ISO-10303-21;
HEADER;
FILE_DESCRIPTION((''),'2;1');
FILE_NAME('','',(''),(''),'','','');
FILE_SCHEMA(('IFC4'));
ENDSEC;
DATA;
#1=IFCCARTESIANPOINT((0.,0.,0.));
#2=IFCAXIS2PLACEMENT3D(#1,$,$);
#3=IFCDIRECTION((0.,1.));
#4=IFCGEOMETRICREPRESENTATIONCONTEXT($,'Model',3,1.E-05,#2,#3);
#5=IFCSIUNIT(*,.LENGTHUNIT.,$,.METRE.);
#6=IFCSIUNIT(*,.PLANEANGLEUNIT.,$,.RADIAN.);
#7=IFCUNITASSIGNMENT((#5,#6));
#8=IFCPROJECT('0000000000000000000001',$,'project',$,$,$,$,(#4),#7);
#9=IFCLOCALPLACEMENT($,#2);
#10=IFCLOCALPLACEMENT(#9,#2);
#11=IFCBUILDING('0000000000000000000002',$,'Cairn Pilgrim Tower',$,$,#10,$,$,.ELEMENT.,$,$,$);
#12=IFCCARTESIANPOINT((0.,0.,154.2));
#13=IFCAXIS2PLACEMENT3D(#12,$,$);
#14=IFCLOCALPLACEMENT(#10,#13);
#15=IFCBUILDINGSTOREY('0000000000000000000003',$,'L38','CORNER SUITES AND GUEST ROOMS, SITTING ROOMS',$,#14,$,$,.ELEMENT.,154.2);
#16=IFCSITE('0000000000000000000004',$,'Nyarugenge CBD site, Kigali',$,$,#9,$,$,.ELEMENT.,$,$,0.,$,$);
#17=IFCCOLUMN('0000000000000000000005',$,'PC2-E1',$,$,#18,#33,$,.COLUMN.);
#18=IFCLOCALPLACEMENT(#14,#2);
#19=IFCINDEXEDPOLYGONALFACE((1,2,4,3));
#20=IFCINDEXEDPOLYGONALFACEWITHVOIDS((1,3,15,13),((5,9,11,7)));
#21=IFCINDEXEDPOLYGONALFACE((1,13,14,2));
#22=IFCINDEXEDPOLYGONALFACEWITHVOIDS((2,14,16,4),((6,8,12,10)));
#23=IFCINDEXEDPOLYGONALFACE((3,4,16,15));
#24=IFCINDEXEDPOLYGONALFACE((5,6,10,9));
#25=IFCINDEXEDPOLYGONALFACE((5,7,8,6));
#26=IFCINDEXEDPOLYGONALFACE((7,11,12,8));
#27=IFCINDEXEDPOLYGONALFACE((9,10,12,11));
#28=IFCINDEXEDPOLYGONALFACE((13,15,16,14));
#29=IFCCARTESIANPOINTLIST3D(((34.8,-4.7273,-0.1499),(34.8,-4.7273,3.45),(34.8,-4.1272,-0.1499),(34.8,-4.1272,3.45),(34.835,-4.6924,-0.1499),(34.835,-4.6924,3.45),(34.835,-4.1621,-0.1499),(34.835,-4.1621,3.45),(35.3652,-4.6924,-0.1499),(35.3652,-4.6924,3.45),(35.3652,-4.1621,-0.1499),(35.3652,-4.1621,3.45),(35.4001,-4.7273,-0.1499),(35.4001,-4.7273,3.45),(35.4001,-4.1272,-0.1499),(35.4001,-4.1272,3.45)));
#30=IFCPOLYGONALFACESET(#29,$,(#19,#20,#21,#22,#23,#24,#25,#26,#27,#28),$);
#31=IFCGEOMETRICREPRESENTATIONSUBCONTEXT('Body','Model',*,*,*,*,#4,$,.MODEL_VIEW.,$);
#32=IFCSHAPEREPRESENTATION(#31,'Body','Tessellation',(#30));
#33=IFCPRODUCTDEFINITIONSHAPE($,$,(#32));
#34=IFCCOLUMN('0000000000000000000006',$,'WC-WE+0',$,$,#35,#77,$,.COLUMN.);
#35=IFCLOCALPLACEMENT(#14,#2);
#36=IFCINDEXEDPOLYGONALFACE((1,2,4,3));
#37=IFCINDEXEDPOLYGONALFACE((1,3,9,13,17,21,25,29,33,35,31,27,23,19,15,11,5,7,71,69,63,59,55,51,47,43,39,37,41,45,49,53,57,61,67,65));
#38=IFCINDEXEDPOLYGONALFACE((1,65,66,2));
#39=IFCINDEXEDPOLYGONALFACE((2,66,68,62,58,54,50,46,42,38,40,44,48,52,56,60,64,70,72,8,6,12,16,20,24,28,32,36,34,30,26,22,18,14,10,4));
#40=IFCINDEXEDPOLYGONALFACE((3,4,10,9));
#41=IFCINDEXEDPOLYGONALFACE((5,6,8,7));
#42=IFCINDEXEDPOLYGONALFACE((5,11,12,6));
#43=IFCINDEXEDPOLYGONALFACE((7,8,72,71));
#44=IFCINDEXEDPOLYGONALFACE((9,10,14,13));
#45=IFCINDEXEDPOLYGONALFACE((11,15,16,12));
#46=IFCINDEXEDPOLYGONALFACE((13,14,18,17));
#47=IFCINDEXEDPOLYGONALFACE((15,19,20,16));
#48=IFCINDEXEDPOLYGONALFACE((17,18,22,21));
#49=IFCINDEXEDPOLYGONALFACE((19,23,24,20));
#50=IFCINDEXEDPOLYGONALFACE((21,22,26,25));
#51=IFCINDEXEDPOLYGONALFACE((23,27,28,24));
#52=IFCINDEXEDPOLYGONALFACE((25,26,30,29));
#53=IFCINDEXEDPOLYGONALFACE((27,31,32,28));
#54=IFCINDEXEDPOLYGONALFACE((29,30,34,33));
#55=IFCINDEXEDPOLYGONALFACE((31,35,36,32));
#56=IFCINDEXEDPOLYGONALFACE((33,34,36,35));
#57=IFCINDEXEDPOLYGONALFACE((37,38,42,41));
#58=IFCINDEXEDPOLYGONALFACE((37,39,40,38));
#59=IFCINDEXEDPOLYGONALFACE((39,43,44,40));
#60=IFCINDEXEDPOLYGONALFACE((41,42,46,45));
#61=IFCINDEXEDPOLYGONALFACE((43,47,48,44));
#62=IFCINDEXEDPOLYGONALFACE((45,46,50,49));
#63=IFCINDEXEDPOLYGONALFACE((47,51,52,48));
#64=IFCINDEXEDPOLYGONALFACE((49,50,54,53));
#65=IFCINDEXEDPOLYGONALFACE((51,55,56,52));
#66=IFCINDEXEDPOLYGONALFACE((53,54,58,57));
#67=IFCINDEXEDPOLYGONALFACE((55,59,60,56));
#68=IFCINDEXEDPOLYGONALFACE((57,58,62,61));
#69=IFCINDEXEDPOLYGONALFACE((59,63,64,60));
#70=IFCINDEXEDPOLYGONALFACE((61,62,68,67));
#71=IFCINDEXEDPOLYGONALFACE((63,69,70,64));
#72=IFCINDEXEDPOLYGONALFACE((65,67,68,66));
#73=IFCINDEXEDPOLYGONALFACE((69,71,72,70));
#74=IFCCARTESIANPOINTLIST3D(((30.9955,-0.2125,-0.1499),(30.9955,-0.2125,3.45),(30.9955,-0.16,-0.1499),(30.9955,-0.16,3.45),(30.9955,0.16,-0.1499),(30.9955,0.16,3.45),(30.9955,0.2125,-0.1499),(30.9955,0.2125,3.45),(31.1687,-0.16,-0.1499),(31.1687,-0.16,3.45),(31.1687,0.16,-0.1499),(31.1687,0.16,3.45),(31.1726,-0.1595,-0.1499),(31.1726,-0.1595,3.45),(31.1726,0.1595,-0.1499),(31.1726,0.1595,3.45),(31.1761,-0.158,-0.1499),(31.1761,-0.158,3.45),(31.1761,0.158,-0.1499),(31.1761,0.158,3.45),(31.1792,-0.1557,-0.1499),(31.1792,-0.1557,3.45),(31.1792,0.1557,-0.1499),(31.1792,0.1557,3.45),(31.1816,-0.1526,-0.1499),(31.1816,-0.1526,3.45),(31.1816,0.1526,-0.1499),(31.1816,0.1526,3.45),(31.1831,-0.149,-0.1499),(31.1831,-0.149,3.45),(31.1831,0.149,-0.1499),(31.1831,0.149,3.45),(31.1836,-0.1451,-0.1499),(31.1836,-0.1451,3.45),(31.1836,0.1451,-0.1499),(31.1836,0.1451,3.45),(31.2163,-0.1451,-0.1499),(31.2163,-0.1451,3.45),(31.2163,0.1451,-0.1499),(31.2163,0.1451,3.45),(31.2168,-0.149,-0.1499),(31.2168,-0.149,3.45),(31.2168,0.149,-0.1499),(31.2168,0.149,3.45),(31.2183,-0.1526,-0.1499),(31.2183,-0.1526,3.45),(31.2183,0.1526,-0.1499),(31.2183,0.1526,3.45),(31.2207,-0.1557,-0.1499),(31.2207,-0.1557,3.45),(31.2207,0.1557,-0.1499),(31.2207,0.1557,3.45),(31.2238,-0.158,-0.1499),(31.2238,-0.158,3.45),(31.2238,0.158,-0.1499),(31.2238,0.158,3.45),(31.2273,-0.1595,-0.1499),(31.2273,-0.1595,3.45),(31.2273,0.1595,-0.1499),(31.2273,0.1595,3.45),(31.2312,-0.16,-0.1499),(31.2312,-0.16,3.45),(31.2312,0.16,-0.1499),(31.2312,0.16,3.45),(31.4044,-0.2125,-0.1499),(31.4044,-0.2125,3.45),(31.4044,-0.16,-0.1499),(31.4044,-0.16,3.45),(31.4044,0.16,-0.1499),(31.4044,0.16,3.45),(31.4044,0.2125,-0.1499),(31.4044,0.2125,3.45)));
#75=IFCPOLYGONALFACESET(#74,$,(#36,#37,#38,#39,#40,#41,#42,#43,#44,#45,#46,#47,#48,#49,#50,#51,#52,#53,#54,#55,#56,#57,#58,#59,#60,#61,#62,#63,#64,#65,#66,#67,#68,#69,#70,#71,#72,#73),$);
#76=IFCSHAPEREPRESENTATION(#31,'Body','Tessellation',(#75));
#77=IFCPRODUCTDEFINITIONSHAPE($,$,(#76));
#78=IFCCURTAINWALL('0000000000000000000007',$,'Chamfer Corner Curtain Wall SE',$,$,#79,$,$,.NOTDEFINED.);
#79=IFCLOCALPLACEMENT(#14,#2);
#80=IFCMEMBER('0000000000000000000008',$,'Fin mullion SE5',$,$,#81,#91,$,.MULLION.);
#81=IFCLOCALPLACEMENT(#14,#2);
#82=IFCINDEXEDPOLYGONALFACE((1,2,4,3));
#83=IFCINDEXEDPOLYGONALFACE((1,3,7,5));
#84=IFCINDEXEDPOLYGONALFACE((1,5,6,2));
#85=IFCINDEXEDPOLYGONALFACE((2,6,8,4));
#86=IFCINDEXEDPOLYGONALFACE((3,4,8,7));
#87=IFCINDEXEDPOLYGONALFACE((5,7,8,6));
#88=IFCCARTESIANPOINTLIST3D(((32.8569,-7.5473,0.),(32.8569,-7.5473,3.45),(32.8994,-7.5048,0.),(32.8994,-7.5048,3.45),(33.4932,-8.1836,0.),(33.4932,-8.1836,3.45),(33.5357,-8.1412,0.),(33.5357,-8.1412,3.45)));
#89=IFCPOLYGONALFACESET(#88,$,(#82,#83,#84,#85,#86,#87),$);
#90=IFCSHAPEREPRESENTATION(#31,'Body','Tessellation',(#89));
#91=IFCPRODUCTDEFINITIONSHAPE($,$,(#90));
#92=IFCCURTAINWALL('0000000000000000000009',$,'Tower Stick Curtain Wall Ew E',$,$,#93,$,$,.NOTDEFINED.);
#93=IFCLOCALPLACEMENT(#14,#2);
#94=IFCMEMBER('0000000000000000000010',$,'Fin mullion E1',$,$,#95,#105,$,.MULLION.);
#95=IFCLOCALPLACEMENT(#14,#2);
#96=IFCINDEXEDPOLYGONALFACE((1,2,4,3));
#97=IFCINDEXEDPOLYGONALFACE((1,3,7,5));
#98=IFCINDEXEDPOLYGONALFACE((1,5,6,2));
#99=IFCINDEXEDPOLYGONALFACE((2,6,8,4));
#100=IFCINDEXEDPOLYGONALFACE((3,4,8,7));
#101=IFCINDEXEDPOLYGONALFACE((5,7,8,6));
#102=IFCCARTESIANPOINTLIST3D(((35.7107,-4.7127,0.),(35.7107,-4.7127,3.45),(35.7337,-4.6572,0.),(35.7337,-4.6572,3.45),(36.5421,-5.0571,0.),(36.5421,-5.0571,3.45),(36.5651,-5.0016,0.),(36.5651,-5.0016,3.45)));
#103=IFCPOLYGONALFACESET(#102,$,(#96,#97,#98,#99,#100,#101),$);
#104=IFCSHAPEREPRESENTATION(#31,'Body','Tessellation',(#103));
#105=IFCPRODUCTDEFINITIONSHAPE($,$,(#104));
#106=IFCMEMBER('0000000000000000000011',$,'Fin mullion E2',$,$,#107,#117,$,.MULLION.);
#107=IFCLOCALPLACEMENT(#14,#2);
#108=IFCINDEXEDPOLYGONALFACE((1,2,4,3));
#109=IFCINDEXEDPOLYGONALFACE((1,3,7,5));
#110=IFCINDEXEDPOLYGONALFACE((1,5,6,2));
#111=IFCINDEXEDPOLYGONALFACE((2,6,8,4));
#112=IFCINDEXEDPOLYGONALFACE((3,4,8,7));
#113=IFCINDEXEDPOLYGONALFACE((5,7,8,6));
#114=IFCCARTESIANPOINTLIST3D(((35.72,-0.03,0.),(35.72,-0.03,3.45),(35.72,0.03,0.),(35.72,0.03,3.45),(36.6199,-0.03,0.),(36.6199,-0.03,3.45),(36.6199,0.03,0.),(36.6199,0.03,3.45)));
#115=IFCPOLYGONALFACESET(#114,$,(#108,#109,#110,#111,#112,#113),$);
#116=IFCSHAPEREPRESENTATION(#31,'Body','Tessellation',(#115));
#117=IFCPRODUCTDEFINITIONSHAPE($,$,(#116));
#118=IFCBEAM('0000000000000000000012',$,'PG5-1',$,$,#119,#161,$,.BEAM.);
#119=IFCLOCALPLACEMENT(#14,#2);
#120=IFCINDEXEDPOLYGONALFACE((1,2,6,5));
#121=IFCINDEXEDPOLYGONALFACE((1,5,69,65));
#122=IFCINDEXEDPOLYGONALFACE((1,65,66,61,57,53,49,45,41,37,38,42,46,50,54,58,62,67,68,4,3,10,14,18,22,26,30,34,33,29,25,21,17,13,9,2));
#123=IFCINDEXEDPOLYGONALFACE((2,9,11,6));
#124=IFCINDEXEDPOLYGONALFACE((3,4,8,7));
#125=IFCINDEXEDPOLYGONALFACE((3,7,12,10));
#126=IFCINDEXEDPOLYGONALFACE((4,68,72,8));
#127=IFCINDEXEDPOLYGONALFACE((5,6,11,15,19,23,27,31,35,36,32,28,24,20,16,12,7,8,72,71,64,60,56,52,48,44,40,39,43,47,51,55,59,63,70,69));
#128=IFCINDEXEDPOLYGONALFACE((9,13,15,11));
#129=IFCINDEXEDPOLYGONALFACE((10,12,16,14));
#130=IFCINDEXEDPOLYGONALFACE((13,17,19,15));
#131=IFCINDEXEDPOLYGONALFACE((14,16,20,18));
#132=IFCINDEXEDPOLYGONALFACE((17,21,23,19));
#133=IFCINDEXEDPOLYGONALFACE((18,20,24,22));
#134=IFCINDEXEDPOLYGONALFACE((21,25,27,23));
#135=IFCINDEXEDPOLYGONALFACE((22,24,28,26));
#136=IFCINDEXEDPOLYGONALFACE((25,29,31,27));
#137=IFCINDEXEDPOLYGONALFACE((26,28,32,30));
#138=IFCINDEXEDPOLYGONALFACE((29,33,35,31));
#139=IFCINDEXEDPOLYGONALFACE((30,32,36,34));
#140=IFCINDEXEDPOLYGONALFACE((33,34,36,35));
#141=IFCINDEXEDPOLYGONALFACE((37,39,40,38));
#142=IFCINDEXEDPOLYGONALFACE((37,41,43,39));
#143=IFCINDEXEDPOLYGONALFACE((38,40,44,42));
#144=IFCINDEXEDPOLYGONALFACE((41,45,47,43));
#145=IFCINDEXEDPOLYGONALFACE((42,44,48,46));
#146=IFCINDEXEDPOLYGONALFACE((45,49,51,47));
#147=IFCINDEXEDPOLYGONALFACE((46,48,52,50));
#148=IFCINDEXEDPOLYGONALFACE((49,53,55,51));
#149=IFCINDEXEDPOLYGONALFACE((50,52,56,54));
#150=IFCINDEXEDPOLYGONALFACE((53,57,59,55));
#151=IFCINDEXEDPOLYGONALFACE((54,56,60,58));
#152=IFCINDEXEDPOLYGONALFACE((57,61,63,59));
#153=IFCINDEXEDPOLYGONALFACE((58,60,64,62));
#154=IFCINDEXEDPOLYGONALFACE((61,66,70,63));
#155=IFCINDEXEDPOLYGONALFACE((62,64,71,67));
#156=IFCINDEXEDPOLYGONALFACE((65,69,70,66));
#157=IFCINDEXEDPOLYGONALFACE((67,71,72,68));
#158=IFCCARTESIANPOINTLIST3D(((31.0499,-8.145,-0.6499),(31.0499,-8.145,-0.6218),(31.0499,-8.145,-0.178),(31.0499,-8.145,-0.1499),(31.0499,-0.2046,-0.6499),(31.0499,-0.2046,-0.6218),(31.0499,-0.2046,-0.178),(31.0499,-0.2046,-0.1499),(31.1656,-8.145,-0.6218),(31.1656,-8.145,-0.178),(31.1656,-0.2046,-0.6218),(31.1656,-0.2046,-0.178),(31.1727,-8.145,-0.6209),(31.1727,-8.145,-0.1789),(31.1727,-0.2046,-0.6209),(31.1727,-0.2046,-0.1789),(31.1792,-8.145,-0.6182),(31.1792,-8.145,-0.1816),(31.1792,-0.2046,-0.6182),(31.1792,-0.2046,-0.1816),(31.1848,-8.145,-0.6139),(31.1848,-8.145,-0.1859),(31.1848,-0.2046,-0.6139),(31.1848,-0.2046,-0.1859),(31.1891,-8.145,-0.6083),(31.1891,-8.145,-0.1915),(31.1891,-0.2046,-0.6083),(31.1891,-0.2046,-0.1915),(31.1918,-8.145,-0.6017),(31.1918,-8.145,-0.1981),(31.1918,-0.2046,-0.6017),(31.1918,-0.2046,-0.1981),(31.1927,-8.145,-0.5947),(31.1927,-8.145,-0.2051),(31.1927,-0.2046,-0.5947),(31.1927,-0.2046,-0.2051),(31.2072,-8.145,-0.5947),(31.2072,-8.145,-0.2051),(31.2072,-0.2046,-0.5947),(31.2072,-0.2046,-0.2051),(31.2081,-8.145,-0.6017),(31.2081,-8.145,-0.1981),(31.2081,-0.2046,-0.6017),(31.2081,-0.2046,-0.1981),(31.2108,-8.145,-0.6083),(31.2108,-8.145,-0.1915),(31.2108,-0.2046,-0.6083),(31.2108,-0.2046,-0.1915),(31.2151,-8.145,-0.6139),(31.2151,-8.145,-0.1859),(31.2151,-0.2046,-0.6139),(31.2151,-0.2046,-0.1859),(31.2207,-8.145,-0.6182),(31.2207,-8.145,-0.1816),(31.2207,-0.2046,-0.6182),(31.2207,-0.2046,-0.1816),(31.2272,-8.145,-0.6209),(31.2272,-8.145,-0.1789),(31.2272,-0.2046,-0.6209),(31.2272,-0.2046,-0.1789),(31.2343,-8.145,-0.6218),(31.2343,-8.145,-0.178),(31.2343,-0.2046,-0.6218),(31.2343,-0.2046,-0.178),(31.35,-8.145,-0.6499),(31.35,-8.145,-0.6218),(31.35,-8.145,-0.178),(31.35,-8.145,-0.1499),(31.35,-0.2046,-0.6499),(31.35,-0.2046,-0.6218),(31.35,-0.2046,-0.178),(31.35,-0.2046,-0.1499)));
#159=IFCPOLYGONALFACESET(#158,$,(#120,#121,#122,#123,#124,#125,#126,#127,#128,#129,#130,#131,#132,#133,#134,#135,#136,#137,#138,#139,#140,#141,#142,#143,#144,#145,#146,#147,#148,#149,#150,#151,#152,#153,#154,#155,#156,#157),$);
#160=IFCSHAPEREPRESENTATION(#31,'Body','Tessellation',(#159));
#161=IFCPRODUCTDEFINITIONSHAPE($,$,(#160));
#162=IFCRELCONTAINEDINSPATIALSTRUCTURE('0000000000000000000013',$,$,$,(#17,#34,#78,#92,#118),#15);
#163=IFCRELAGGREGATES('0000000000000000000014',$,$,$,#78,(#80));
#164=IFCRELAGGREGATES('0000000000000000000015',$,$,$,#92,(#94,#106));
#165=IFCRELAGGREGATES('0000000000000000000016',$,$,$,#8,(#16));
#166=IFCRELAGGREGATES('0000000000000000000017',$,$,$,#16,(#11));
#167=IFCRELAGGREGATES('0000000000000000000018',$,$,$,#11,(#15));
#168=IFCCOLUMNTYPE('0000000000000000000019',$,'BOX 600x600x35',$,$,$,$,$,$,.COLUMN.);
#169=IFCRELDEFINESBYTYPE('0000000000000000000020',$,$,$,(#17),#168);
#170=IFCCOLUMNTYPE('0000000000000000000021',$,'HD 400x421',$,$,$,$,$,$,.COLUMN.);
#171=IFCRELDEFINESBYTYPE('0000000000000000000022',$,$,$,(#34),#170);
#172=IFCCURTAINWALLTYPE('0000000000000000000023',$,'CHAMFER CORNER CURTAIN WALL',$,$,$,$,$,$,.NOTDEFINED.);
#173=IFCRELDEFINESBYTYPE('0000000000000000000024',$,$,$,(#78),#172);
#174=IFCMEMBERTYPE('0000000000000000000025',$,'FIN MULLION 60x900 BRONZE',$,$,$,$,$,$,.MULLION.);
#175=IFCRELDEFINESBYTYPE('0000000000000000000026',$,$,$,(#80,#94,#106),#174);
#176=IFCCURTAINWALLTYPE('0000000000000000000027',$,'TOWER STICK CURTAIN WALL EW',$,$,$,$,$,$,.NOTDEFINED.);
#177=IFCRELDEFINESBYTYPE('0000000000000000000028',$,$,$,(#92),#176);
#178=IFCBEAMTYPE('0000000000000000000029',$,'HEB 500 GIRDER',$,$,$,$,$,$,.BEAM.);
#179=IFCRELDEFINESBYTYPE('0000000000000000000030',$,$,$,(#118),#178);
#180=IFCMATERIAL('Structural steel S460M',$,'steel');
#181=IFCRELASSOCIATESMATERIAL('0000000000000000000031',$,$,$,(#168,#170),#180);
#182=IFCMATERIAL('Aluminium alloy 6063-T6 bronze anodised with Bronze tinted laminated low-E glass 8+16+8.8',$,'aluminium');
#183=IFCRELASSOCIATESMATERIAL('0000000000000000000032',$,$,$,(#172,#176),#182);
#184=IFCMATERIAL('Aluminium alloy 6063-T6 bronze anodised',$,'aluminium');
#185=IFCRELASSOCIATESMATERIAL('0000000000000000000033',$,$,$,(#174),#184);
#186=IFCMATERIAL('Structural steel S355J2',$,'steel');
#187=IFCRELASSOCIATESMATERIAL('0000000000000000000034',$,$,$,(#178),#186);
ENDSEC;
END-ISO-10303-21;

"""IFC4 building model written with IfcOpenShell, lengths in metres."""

from ifc_helpers import new_model, si_unit, direction, frame, origin, origin_2d, place, context, subcontext, project, spatial, rectangle, hollow_rectangle, i_section, extrude, material, material_profile, profile_set, type_object, element, aggregate, save


model = new_model("IFC4")

# Units and contexts
model_context = context("Model", 3, precision=1e-05, world=origin(), true_north=direction((0.0, 1.0)))
body_context = subcontext(model_context, "Body", "Model", "MODEL_VIEW")
ifc_project = project(units=[si_unit("LENGTHUNIT", "METRE"), si_unit("PLANEANGLEUNIT", "RADIAN")], contexts=[model_context])

# Site, building, storey
site_placement = place(None, origin())
site = spatial("IfcSite", under=ifc_project, at=site_placement, Name="Nyarugenge CBD site, Kigali", CompositionType="ELEMENT", RefElevation=0.0)
building_placement = place(site_placement, origin())
building = spatial("IfcBuilding", under=site, at=building_placement, Name="Cairn Pilgrim Tower", CompositionType="ELEMENT")
storey_placement = place(building_placement, frame((0.0, 0.0, 154.2)))
storey = spatial("IfcBuildingStorey", under=building, at=storey_placement, Name="L38", Description="CORNER SUITES AND GUEST ROOMS, SITTING ROOMS", CompositionType="ELEMENT", Elevation=154.2)

# Columns
ifc_material_1 = material(Name="Structural steel S460M", Category="steel")
ifc_material_profile_1 = material_profile(ifc_material_1, hollow_rectangle(XDim=0.6001, YDim=0.6001, WallThickness=0.0349, at=origin_2d()), Name="BOX 600x600x35")
ifc_profile_set_1 = profile_set([ifc_material_profile_1], Name="Structural steel S460M")
column_type_1 = type_object("IfcColumnType", Name="BOX 600x600x35", PredefinedType="COLUMN", material=ifc_profile_set_1)
column_1_placement = place(storey_placement, frame((35.1001, -4.4272, -0.1499), z_axis=(0.0, 0.0, 1.0), x_axis=(1.0, 0.0, 0.0)))
element("IfcColumn", 1, at=column_1_placement, inside=storey, type_object=column_type_1, Name="PC2-E1", PredefinedType="COLUMN", context=body_context, shape_type="SweptSolid", body=[
    extrude(hollow_rectangle(XDim=0.6001, YDim=0.6001, WallThickness=0.0349, at=origin_2d()), origin(), (0.0, 0.0, 1.0), 3.5999),
])
ifc_material_profile_2 = material_profile(ifc_material_1, i_section(OverallWidth=0.4089, OverallDepth=0.425, WebThickness=0.0327, FlangeThickness=0.0525, FilletRadius=0.0149, at=origin_2d()), Name="HD 400x421")
ifc_profile_set_2 = profile_set([ifc_material_profile_2], Name="Structural steel S460M")
column_type_2 = type_object("IfcColumnType", Name="HD 400x421", PredefinedType="COLUMN", material=ifc_profile_set_2)
column_2_placement = place(storey_placement, frame((31.2, 0.0, -0.1499), z_axis=(0.0, 0.0, 1.0), x_axis=(1.0, 0.0, 0.0)))
element("IfcColumn", 2, at=column_2_placement, inside=storey, type_object=column_type_2, Name="WC-WE+0", PredefinedType="COLUMN", context=body_context, shape_type="SweptSolid", body=[
    extrude(i_section(OverallWidth=0.4089, OverallDepth=0.425, WebThickness=0.0327, FlangeThickness=0.0525, FilletRadius=0.0149, at=origin_2d()), origin(), (0.0, 0.0, 1.0), 3.5999),
])

# Curtain wall, member
ifc_material_2 = material(Name="Aluminium alloy 6063-T6 bronze anodised with Bronze tinted laminated low-E glass 8+16+8.8", Category="aluminium")
curtain_wall_type_1 = type_object("IfcCurtainWallType", Name="CHAMFER CORNER CURTAIN WALL", PredefinedType="NOTDEFINED", material=ifc_material_2)
curtain_wall_1_placement = place(storey_placement, origin())
curtain_wall_1 = element("IfcCurtainWall", 3, at=curtain_wall_1_placement, inside=storey, type_object=curtain_wall_type_1, Name="Chamfer Corner Curtain Wall SE", PredefinedType="NOTDEFINED")
ifc_material_3 = material(Name="Aluminium alloy 6063-T6 bronze anodised", Category="aluminium")
ifc_material_profile_3 = material_profile(ifc_material_3, rectangle(XDim=0.8999, YDim=0.0601, at=origin_2d()), Name="FIN MULLION 60x900 BRONZE")
ifc_profile_set_3 = profile_set([ifc_material_profile_3], Name="Aluminium alloy 6063-T6 bronze anodised")
member_type = type_object("IfcMemberType", Name="FIN MULLION 60x900 BRONZE", PredefinedType="MULLION", material=ifc_profile_set_3)
member_1_placement = place(storey_placement, frame((33.1963, -7.8442, 0.0), z_axis=(0.0, 0.0, 1.0), x_axis=(0.707107, -0.707107, 0.0)))
member_1 = element("IfcMember", 4, at=member_1_placement, type_object=member_type, Name="Fin mullion SE5", PredefinedType="MULLION", context=body_context, shape_type="SweptSolid", body=[
    extrude(rectangle(XDim=0.8999, YDim=0.0601, at=origin_2d()), origin(), (0.0, 0.0, 1.0), 3.45),
])
aggregate(curtain_wall_1, [member_1])

# Curtain wall, members
curtain_wall_type_2 = type_object("IfcCurtainWallType", Name="TOWER STICK CURTAIN WALL EW", PredefinedType="NOTDEFINED", material=ifc_material_2)
curtain_wall_2_placement = place(storey_placement, origin())
curtain_wall_2 = element("IfcCurtainWall", 5, at=curtain_wall_2_placement, inside=storey, type_object=curtain_wall_type_2, Name="Tower Stick Curtain Wall Ew E", PredefinedType="NOTDEFINED")
member_2_placement = place(storey_placement, frame((36.1379, -4.8572, 0.0), z_axis=(0.0, 0.0, 1.0), x_axis=(0.92388, -0.382683, 0.0)))
member_2 = element("IfcMember", 6, at=member_2_placement, type_object=member_type, Name="Fin mullion E1", PredefinedType="MULLION", context=body_context, shape_type="SweptSolid", body=[
    extrude(rectangle(XDim=0.8999, YDim=0.0601, at=origin_2d()), origin(), (0.0, 0.0, 1.0), 3.45),
])
member_3_placement = place(storey_placement, frame((36.1699, 0.0, 0.0), z_axis=(0.0, 0.0, 1.0), x_axis=(1.0, 0.0, 0.0)))
member_3 = element("IfcMember", 7, at=member_3_placement, type_object=member_type, Name="Fin mullion E2", PredefinedType="MULLION", context=body_context, shape_type="SweptSolid", body=[
    extrude(rectangle(XDim=0.8999, YDim=0.0601, at=origin_2d()), origin(), (0.0, 0.0, 1.0), 3.45),
])
aggregate(curtain_wall_2, [member_2, member_3])

# Beam
ifc_material_4 = material(Name="Structural steel S355J2", Category="steel")
ifc_material_profile_4 = material_profile(ifc_material_4, i_section(OverallWidth=0.3, OverallDepth=0.5, WebThickness=0.0144, FlangeThickness=0.0281, FilletRadius=0.0271, at=origin_2d()), Name="HEB 500")
ifc_profile_set_4 = profile_set([ifc_material_profile_4], Name="Structural steel S355J2")
beam_type_1 = type_object("IfcBeamType", Name="HEB 500 GIRDER", PredefinedType="BEAM", material=ifc_profile_set_4)
beam_1_placement = place(storey_placement, frame((31.2, -8.145, -0.3999), z_axis=(0.0, 1.0, 0.0), x_axis=(-1.0, 0.0, 0.0)))
element("IfcBeam", 8, at=beam_1_placement, inside=storey, type_object=beam_type_1, Name="PG5-1", PredefinedType="BEAM", context=body_context, shape_type="SweptSolid", body=[
    extrude(i_section(OverallWidth=0.3, OverallDepth=0.5, WebThickness=0.0144, FlangeThickness=0.0281, FilletRadius=0.0271, at=origin_2d()), origin(), (0.0, 0.0, 1.0), 7.9404),
])

save(model, "model.ifc")
